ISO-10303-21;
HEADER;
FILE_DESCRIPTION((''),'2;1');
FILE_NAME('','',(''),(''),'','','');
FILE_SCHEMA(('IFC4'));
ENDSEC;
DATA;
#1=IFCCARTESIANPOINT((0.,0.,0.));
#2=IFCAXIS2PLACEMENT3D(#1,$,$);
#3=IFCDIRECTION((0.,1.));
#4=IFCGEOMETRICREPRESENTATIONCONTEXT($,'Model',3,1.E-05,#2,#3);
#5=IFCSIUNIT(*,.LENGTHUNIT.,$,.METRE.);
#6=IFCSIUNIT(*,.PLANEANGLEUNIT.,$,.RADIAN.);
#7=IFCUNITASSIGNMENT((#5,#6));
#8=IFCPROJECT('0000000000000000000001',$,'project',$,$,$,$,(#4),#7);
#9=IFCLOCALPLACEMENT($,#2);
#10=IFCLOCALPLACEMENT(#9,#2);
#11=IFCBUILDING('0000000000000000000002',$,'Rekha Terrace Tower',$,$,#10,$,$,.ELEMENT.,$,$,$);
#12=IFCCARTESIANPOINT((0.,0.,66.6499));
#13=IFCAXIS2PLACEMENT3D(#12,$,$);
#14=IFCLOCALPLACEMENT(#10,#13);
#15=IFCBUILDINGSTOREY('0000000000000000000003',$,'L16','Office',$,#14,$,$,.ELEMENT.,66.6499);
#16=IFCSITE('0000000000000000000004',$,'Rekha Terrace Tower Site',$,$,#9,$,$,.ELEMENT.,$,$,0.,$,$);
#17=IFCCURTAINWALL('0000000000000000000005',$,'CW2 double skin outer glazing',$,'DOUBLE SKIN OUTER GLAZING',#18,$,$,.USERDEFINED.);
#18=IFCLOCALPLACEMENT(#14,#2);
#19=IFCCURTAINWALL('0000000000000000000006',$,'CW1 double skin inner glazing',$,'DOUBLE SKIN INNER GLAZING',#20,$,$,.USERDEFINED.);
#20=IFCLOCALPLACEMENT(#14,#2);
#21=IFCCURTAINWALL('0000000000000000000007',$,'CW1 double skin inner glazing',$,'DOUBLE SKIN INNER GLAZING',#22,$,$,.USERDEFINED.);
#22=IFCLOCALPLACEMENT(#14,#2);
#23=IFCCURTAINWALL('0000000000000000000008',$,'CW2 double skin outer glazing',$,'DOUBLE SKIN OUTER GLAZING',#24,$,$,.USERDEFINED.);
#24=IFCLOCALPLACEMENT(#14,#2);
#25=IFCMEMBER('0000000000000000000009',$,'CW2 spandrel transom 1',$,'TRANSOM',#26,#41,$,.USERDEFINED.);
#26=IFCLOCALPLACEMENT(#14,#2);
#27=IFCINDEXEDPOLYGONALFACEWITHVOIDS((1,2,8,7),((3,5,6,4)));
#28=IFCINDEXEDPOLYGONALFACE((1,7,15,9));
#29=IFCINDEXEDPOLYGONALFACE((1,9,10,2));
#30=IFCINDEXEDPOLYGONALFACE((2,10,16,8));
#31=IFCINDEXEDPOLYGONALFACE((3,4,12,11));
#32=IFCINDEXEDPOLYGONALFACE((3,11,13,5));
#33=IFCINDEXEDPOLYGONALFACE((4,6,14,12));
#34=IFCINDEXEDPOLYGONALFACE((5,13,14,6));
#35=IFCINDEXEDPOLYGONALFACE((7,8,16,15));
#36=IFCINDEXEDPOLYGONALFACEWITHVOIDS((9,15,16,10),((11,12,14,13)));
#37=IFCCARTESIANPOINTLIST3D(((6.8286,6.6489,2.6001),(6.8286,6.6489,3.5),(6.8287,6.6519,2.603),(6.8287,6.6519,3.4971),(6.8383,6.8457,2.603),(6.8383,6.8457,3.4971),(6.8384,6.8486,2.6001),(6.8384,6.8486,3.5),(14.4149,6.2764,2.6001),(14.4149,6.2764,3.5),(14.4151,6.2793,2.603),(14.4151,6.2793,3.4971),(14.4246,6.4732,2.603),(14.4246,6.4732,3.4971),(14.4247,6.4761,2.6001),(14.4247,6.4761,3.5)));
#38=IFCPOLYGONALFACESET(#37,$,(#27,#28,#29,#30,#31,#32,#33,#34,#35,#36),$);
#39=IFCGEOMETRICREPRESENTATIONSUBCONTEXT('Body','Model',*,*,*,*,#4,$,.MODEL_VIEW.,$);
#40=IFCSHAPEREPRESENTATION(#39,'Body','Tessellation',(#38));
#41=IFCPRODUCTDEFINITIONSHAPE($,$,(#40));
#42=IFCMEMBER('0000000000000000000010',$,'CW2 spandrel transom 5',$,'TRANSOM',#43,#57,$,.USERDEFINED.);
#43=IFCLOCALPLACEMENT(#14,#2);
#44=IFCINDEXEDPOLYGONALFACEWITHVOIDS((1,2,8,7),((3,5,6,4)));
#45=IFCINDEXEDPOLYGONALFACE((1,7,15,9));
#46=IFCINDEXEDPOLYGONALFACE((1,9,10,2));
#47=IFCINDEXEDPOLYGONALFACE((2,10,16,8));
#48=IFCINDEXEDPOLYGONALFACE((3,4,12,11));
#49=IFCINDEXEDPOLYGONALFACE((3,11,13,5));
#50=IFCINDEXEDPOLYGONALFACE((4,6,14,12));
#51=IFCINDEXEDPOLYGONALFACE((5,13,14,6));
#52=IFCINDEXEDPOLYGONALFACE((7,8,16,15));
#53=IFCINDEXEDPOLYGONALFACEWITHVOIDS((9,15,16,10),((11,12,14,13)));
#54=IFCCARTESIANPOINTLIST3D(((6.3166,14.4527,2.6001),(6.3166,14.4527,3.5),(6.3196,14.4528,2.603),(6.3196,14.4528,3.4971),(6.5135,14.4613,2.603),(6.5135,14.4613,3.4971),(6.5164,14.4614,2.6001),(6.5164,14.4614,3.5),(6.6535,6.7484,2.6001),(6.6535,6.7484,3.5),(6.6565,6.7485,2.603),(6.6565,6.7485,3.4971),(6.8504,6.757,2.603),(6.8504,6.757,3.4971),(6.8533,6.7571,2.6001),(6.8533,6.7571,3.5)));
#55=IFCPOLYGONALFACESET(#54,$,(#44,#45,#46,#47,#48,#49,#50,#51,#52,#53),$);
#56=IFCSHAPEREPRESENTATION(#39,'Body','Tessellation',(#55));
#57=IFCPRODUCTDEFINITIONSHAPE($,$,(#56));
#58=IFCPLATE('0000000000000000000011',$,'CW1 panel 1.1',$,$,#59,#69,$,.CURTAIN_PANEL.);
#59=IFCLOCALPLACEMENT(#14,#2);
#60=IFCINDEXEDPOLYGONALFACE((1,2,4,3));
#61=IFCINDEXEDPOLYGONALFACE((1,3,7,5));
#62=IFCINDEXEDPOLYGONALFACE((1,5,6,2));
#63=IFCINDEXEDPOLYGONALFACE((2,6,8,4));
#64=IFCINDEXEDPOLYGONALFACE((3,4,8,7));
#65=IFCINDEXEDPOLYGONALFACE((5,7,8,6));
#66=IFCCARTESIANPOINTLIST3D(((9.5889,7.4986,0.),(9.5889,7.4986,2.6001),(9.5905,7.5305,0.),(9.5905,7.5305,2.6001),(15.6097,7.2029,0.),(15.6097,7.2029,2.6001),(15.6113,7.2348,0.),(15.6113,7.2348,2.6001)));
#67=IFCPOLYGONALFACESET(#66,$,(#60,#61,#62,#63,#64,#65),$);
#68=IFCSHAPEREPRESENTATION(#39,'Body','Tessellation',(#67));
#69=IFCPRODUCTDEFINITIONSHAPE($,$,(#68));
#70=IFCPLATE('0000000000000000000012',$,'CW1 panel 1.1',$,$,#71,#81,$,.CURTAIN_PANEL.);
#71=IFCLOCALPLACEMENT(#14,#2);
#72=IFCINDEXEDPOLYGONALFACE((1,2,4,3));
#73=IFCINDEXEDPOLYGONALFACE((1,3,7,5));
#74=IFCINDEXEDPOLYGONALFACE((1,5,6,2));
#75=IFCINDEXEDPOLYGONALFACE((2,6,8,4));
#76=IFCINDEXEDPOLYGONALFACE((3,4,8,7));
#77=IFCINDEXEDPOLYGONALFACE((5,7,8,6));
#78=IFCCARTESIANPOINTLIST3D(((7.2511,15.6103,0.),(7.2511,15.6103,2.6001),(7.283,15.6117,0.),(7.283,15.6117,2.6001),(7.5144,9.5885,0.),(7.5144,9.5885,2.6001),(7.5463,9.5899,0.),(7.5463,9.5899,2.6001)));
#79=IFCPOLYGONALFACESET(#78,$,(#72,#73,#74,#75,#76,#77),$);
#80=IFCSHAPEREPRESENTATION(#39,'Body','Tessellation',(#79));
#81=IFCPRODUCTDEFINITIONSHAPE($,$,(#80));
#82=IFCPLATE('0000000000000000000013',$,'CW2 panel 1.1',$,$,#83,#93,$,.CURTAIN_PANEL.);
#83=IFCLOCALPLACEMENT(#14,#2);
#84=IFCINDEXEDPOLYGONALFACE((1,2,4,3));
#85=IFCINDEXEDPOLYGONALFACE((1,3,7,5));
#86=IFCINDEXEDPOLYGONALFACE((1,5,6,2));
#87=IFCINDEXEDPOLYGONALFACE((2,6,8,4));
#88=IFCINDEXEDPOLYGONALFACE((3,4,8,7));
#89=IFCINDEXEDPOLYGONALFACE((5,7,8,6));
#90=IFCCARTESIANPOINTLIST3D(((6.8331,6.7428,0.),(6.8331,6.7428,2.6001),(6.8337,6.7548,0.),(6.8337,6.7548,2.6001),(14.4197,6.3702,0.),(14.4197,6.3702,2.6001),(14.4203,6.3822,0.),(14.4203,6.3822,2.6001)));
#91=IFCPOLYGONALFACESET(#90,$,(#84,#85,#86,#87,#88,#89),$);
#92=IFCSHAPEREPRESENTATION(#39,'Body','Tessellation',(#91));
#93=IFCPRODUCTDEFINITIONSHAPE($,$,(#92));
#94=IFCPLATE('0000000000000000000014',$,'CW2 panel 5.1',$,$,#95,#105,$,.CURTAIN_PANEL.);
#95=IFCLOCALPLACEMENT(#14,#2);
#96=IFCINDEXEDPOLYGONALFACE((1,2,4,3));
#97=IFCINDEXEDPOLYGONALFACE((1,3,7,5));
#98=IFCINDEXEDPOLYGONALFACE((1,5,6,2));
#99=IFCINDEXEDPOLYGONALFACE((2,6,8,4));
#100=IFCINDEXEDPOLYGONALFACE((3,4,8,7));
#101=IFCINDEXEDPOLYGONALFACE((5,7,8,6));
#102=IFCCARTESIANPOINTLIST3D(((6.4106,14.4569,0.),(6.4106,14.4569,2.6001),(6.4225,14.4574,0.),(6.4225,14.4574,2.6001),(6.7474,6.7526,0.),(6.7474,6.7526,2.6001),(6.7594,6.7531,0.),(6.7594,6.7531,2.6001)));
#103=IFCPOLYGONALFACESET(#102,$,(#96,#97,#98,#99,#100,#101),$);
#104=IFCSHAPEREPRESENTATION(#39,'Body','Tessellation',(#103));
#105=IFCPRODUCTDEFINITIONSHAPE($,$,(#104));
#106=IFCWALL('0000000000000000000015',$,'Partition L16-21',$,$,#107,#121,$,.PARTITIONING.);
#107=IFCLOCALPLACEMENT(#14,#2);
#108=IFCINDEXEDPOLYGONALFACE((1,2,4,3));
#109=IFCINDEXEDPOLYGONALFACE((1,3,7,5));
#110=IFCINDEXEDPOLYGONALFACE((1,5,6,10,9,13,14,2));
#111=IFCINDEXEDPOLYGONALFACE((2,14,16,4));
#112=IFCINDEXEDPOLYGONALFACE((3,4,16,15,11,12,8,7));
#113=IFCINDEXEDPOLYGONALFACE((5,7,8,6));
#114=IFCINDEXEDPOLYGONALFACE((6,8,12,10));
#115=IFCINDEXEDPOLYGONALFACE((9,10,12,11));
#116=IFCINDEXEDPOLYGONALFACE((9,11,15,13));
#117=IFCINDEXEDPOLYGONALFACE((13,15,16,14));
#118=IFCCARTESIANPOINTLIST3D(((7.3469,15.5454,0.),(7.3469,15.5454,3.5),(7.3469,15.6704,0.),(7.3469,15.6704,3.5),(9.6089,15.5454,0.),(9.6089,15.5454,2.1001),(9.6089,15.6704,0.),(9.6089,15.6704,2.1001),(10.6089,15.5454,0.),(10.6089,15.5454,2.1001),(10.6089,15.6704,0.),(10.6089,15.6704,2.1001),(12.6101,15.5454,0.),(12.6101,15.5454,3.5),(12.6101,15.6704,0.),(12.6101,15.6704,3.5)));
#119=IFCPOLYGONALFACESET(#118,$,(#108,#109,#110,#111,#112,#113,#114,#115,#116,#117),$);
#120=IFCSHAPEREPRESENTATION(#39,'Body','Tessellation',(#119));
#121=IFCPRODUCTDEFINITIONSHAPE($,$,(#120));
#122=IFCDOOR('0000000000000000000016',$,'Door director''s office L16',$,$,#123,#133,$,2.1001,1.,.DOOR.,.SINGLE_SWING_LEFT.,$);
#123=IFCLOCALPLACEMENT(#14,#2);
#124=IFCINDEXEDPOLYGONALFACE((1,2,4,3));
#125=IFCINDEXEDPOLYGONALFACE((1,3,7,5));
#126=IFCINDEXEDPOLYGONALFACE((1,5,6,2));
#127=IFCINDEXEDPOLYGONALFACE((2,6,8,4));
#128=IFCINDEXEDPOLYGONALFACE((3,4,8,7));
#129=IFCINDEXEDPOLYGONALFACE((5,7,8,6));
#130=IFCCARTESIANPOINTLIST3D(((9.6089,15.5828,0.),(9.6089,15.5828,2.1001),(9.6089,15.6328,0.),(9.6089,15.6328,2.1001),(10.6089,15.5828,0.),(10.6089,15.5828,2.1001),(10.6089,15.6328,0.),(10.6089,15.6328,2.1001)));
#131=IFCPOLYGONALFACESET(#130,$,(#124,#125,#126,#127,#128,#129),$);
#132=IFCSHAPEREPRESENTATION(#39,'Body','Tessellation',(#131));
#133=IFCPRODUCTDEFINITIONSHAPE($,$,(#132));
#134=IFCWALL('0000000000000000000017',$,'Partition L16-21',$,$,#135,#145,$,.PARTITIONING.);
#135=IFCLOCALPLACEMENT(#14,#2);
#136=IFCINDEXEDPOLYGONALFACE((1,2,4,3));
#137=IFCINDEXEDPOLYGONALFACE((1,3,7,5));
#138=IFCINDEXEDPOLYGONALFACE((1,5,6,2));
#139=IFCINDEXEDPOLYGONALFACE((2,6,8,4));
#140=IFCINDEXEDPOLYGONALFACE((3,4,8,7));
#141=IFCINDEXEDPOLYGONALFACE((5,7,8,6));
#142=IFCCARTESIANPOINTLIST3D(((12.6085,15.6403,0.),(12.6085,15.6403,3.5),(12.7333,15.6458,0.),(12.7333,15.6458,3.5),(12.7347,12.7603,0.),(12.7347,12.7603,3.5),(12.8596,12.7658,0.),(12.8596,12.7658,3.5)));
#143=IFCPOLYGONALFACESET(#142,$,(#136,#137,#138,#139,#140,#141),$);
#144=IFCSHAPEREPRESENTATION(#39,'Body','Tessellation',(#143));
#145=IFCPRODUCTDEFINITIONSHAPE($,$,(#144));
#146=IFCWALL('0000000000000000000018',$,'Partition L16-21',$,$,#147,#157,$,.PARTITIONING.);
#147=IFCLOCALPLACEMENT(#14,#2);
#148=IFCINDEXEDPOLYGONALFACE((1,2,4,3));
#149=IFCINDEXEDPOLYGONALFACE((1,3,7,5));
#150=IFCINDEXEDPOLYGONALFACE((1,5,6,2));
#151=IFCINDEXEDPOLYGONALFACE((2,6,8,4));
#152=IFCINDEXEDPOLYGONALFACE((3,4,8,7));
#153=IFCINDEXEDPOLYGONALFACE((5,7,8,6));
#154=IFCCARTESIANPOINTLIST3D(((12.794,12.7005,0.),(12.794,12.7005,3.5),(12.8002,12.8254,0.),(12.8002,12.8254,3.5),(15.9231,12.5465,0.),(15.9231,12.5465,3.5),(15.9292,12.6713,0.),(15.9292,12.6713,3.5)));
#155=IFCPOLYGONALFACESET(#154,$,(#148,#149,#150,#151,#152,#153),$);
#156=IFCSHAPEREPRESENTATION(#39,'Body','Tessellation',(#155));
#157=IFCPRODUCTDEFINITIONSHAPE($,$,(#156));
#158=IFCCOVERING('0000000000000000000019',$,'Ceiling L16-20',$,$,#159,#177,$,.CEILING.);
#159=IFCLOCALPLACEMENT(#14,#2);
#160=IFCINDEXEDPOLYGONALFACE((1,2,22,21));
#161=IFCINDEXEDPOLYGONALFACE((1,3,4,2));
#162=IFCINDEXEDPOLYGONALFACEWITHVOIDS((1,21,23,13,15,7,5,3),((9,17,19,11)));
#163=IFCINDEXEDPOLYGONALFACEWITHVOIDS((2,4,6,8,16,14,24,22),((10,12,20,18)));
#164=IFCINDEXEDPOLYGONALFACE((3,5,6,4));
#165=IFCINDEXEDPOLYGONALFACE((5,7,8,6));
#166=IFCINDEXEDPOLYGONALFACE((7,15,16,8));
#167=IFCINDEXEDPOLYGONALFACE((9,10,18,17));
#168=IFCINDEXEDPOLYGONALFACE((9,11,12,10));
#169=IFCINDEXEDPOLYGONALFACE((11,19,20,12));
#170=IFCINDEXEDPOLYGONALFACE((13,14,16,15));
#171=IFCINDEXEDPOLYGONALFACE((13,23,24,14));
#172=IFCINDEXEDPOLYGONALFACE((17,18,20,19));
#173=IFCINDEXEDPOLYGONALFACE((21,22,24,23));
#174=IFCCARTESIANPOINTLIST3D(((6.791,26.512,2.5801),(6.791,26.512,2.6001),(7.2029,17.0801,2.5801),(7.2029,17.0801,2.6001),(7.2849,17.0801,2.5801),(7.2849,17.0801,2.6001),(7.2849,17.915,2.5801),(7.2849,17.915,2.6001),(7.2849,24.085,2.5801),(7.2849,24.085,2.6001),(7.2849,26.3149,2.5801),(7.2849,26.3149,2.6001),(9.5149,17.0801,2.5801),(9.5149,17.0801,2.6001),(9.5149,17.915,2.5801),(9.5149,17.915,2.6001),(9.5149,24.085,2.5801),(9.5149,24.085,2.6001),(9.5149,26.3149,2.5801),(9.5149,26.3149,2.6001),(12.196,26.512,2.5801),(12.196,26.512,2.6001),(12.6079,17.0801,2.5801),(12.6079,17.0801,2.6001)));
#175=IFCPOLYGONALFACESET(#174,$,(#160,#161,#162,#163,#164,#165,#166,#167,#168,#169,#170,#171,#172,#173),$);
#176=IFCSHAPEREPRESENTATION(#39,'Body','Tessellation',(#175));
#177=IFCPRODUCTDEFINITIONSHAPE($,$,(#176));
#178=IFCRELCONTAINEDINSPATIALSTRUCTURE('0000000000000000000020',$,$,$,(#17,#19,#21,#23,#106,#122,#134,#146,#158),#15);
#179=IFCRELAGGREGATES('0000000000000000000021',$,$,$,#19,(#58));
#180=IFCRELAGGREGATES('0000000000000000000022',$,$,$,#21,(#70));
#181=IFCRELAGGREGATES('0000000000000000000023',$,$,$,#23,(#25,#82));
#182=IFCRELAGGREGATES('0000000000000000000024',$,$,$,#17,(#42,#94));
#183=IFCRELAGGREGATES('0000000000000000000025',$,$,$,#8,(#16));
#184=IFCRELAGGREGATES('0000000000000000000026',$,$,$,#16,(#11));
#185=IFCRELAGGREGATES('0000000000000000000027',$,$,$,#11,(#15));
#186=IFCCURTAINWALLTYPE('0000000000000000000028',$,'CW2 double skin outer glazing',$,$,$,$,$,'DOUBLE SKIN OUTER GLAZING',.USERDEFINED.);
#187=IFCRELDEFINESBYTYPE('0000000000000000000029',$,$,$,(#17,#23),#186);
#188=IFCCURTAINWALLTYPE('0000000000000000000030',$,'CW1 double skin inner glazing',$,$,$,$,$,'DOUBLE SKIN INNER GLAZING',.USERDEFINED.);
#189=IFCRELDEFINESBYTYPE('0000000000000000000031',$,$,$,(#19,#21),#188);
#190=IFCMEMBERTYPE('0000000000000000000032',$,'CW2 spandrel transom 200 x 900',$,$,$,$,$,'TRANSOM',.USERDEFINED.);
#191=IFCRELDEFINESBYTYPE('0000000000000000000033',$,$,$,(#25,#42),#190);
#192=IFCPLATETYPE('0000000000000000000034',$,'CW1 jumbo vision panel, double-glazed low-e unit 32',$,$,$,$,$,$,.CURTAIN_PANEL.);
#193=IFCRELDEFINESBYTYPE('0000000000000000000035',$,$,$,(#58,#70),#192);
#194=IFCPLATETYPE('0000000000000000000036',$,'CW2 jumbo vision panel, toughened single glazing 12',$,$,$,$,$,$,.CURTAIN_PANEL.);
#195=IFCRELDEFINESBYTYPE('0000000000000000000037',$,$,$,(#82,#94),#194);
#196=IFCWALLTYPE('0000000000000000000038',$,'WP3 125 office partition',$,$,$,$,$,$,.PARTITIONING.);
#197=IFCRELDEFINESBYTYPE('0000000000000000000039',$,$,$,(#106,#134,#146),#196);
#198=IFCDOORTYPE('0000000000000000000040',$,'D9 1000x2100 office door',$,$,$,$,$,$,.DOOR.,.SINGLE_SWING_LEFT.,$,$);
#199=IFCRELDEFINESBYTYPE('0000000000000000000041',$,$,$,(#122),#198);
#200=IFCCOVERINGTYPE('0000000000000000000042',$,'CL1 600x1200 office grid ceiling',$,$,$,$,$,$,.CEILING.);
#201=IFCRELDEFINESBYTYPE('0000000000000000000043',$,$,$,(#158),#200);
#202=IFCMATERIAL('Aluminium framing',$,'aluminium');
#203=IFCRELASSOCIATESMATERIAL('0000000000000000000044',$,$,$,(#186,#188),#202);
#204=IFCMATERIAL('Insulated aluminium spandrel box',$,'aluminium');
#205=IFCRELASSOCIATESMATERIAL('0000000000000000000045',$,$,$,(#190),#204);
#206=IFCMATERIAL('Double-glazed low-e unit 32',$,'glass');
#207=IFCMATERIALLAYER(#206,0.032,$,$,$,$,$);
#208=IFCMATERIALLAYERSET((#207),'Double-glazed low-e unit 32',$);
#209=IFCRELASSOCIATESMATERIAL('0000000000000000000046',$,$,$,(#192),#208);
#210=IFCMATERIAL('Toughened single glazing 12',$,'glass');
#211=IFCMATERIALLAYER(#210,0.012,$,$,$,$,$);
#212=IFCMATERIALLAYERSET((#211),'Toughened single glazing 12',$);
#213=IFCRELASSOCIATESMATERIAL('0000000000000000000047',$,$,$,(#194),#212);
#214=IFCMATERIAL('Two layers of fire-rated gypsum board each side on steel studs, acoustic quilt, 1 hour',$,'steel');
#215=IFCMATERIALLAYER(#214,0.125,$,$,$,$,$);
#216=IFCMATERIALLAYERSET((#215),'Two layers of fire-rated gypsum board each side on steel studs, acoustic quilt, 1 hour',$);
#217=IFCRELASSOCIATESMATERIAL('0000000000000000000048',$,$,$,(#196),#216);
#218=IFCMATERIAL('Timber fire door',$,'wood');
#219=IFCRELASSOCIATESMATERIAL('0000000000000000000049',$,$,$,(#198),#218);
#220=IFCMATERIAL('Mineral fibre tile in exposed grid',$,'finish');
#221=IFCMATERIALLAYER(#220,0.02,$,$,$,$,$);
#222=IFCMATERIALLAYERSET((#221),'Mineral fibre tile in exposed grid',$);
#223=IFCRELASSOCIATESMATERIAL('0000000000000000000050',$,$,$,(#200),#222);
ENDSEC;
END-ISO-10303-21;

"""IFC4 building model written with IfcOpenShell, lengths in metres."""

from ifc_helpers import new_model, si_unit, direction, frame, frame_2d, origin, origin_2d, place, context, subcontext, project, spatial, polyline, rectangle, hollow_rectangle, outline, extrude, material, layer, layer_set, material_profile, profile_set, type_object, element, fill, aggregate, save


model = new_model("IFC4")

# Units and contexts
model_context = context("Model", 3, precision=1e-05, world=origin(), true_north=direction((0.0, 1.0)))
body_context = subcontext(model_context, "Body", "Model", "MODEL_VIEW")
ifc_project = project(units=[si_unit("LENGTHUNIT", "METRE"), si_unit("PLANEANGLEUNIT", "RADIAN")], contexts=[model_context])

# Site, building, storey
site_placement = place(None, origin())
site = spatial("IfcSite", under=ifc_project, at=site_placement, Name="Rekha Terrace Tower Site", CompositionType="ELEMENT", RefElevation=0.0)
building_placement = place(site_placement, origin())
building = spatial("IfcBuilding", under=site, at=building_placement, Name="Rekha Terrace Tower", CompositionType="ELEMENT")
storey_placement = place(building_placement, frame((0.0, 0.0, 66.6499)))
storey = spatial("IfcBuildingStorey", under=building, at=storey_placement, Name="L16", Description="Office", CompositionType="ELEMENT", Elevation=66.6499)

# Curtain walls
ifc_material_1 = material(Name="Aluminium framing", Category="aluminium")
curtain_wall_type_1 = type_object("IfcCurtainWallType", Name="CW2 double skin outer glazing", ElementType="DOUBLE SKIN OUTER GLAZING", PredefinedType="USERDEFINED", material=ifc_material_1)
curtain_wall_1_placement = place(storey_placement, origin())
curtain_wall_1 = element("IfcCurtainWall", 1, at=curtain_wall_1_placement, inside=storey, type_object=curtain_wall_type_1, Name="CW2 double skin outer glazing", ObjectType="DOUBLE SKIN OUTER GLAZING", PredefinedType="USERDEFINED")
curtain_wall_type_2 = type_object("IfcCurtainWallType", Name="CW1 double skin inner glazing", ElementType="DOUBLE SKIN INNER GLAZING", PredefinedType="USERDEFINED", material=ifc_material_1)
curtain_wall_2_placement = place(storey_placement, origin())
curtain_wall_2 = element("IfcCurtainWall", 2, at=curtain_wall_2_placement, inside=storey, type_object=curtain_wall_type_2, Name="CW1 double skin inner glazing", ObjectType="DOUBLE SKIN INNER GLAZING", PredefinedType="USERDEFINED")

# Curtain wall
curtain_wall_3_placement = place(storey_placement, origin())
curtain_wall_3 = element("IfcCurtainWall", 3, at=curtain_wall_3_placement, inside=storey, type_object=curtain_wall_type_2, Name="CW1 double skin inner glazing", ObjectType="DOUBLE SKIN INNER GLAZING", PredefinedType="USERDEFINED")

# Shared definitions
ifc_material_2 = material(Name="Insulated aluminium spandrel box", Category="aluminium")

# Curtain wall
curtain_wall_4_placement = place(storey_placement, origin())
curtain_wall_4 = element("IfcCurtainWall", 4, at=curtain_wall_4_placement, inside=storey, type_object=curtain_wall_type_1, Name="CW2 double skin outer glazing", ObjectType="DOUBLE SKIN OUTER GLAZING", PredefinedType="USERDEFINED")

# Members
ifc_material_profile_1 = material_profile(ifc_material_2, hollow_rectangle(XDim=0.2, YDim=0.8999, WallThickness=0.0029, at=origin_2d()), Name="AL SPANDREL BOX 200x900")
ifc_profile_set_1 = profile_set([ifc_material_profile_1], Name="Insulated aluminium spandrel box")
member_type_1 = type_object("IfcMemberType", Name="CW2 spandrel transom 200 x 900", ElementType="TRANSOM", PredefinedType="USERDEFINED", material=ifc_profile_set_1)
member_1_placement = place(storey_placement, frame((6.8335, 6.7488, 3.05), z_axis=(0.998796, -0.049049, 0.0), x_axis=(0.049049, 0.998796, 0.0)))
member_1 = element("IfcMember", 5, at=member_1_placement, type_object=member_type_1, Name="CW2 spandrel transom 1", ObjectType="TRANSOM", PredefinedType="USERDEFINED", context=body_context, shape_type="SweptSolid", body=[
    extrude(hollow_rectangle(XDim=0.2, YDim=0.8999, WallThickness=0.0029, at=origin_2d()), origin(), (0.0, 0.0, 1.0), 7.5955),
])
member_2_placement = place(storey_placement, frame((6.4165, 14.457, 3.05), z_axis=(0.043689, -0.999045, 0.0), x_axis=(0.999045, 0.043689, 0.0)))
member_2 = element("IfcMember", 6, at=member_2_placement, type_object=member_type_1, Name="CW2 spandrel transom 5", ObjectType="TRANSOM", PredefinedType="USERDEFINED", context=body_context, shape_type="SweptSolid", body=[
    extrude(hollow_rectangle(XDim=0.2, YDim=0.8999, WallThickness=0.0029, at=origin_2d()), origin(), (0.0, 0.0, 1.0), 7.7117),
])

# Plates
ifc_material_3 = material(Name="Double-glazed low-e unit 32", Category="glass")
ifc_layer_1 = layer(ifc_material_3, 0.032)
ifc_layer_set_1 = layer_set([ifc_layer_1], Name="Double-glazed low-e unit 32")
plate_type_1 = type_object("IfcPlateType", Name="CW1 jumbo vision panel, double-glazed low-e unit 32", PredefinedType="CURTAIN_PANEL", material=ifc_layer_set_1)
plate_1_placement = place(storey_placement, frame((12.6001, 7.3667, 0.0), z_axis=(0.0, 0.0, 1.0), x_axis=(0.998796, -0.049052, 0.0)))
plate_1 = element("IfcPlate", 7, at=plate_1_placement, type_object=plate_type_1, Name="CW1 panel 1.1", PredefinedType="CURTAIN_PANEL", context=body_context, shape_type="SweptSolid", body=[
    extrude(rectangle(XDim=6.0281, YDim=0.032, at=origin_2d()), origin(), (0.0, 0.0, 1.0), 2.6001),
])
aggregate(curtain_wall_2, [plate_1])
plate_2_placement = place(storey_placement, frame((7.3987, 12.6001, 0.0), z_axis=(0.0, 0.0, 1.0), x_axis=(0.043683, -0.999045, 0.0)))
plate_2 = element("IfcPlate", 8, at=plate_2_placement, type_object=plate_type_1, Name="CW1 panel 1.1", PredefinedType="CURTAIN_PANEL", context=body_context, shape_type="SweptSolid", body=[
    extrude(rectangle(XDim=6.0276, YDim=0.032, at=origin_2d()), origin(), (0.0, 0.0, 1.0), 2.6001),
])
aggregate(curtain_wall_3, [plate_2])
ifc_material_4 = material(Name="Toughened single glazing 12", Category="glass")
ifc_layer_2 = layer(ifc_material_4, 0.012)
ifc_layer_set_2 = layer_set([ifc_layer_2], Name="Toughened single glazing 12")
plate_type_2 = type_object("IfcPlateType", Name="CW2 jumbo vision panel, toughened single glazing 12", PredefinedType="CURTAIN_PANEL", material=ifc_layer_set_2)
plate_3_placement = place(storey_placement, frame((10.6267, 6.5625, 0.0), z_axis=(0.0, 0.0, 1.0), x_axis=(0.998796, -0.049052, 0.0)))
plate_3 = element("IfcPlate", 9, at=plate_3_placement, type_object=plate_type_2, Name="CW2 panel 1.1", PredefinedType="CURTAIN_PANEL", context=body_context, shape_type="SweptSolid", body=[
    extrude(rectangle(XDim=7.5957, YDim=0.012, at=origin_2d()), origin(), (0.0, 0.0, 1.0), 2.6001),
])
aggregate(curtain_wall_4, [member_1, plate_3])
plate_4_placement = place(storey_placement, frame((6.585, 10.605, 0.0), z_axis=(0.0, 0.0, 1.0), x_axis=(0.043683, -0.999045, 0.0)))
plate_4 = element("IfcPlate", 10, at=plate_4_placement, type_object=plate_type_2, Name="CW2 panel 5.1", PredefinedType="CURTAIN_PANEL", context=body_context, shape_type="SweptSolid", body=[
    extrude(rectangle(XDim=7.7117, YDim=0.012, at=origin_2d()), origin(), (0.0, 0.0, 1.0), 2.6001),
])
aggregate(curtain_wall_1, [member_2, plate_4])

# Wall, opening, door
ifc_material_5 = material(Name="Two layers of fire-rated gypsum board each side on steel studs, acoustic quilt, 1 hour", Category="steel")
ifc_layer_3 = layer(ifc_material_5, 0.125)
ifc_layer_set_3 = layer_set([ifc_layer_3], Name="Two layers of fire-rated gypsum board each side on steel studs, acoustic quilt, 1 hour")
wall_type = type_object("IfcWallType", Name="WP3 125 office partition", PredefinedType="PARTITIONING", material=ifc_layer_set_3)
wall_1_placement = place(storey_placement, frame((7.3469, 15.6079, 0.0), z_axis=(0.0, 0.0, 1.0), x_axis=(1.0, 0.0, 0.0)))
wall_1 = element("IfcWall", 11, at=wall_1_placement, inside=storey, type_object=wall_type, Name="Partition L16-21", PredefinedType="PARTITIONING", context=body_context, shape_type="SweptSolid", body=[
    extrude(rectangle(XDim=5.2632, YDim=0.125, at=frame_2d((2.6316, 0.0))), origin(), (0.0, 0.0, 1.0), 3.5),
])
opening_placement = place(wall_1_placement, frame((2.262, 0.0, 0.0)))
opening = element("IfcOpeningElement", 12, at=opening_placement, cuts=wall_1, PredefinedType="OPENING", context=body_context, shape_type="SweptSolid", body=[
    extrude(rectangle(XDim=1.0, YDim=2.1001, at=frame_2d((0.5, 1.05))), frame((0.0, 0.0725, 0.0), z_axis=(0.0, -1.0, 0.0), x_axis=(1.0, 0.0, 0.0)), (0.0, 0.0, 1.0), 0.145),
])
ifc_material_6 = material(Name="Timber fire door", Category="wood")
door_type = type_object("IfcDoorType", Name="D9 1000x2100 office door", OperationType="SINGLE_SWING_LEFT", PredefinedType="DOOR", material=ifc_material_6)
door_placement = place(opening_placement, origin())
door = element("IfcDoor", 13, at=door_placement, inside=storey, type_object=door_type, Name="Door director's office L16", OperationType="SINGLE_SWING_LEFT", OverallHeight=2.1001, OverallWidth=1.0, PredefinedType="DOOR", context=body_context, shape_type="SweptSolid", body=[
    extrude(rectangle(XDim=1.0, YDim=2.1001, at=frame_2d((0.5, 1.05))), frame((0.0, 0.0249, 0.0), z_axis=(0.0, -1.0, 0.0), x_axis=(1.0, 0.0, 0.0)), (0.0, 0.0, 1.0), 0.05),
])
fill(opening, door)

# Walls
wall_2_placement = place(storey_placement, frame((12.6709, 15.6431, 0.0), z_axis=(0.0, 0.0, 1.0), x_axis=(0.043783, -0.999041, 0.0)))
element("IfcWall", 14, at=wall_2_placement, inside=storey, type_object=wall_type, Name="Partition L16-21", PredefinedType="PARTITIONING", context=body_context, shape_type="SweptSolid", body=[
    extrude(rectangle(XDim=2.8828, YDim=0.125, at=frame_2d((1.4414, 0.0))), origin(), (0.0, 0.0, 1.0), 3.5),
])
wall_3_placement = place(storey_placement, frame((12.7971, 12.7629, 0.0), z_axis=(0.0, 0.0, 1.0), x_axis=(0.99879, -0.049176, 0.0)))
element("IfcWall", 15, at=wall_3_placement, inside=storey, type_object=wall_type, Name="Partition L16-21", PredefinedType="PARTITIONING", context=body_context, shape_type="SweptSolid", body=[
    extrude(rectangle(XDim=3.1328, YDim=0.125, at=frame_2d((1.5664, 0.0))), origin(), (0.0, 0.0, 1.0), 3.5),
])

# Covering
ifc_material_7 = material(Name="Mineral fibre tile in exposed grid", Category="finish")
ifc_layer_4 = layer(ifc_material_7, 0.02)
ifc_layer_set_4 = layer_set([ifc_layer_4], Name="Mineral fibre tile in exposed grid")
covering_type_1 = type_object("IfcCoveringType", Name="CL1 600x1200 office grid ceiling", PredefinedType="CEILING", material=ifc_layer_set_4)
covering_1_placement = place(storey_placement, frame((0.0, 0.0, 2.5801)))
element("IfcCovering", 16, at=covering_1_placement, inside=storey, type_object=covering_type_1, Name="Ceiling L16-20", PredefinedType="CEILING", context=body_context, shape_type="SweptSolid", body=[
    extrude(outline(polyline([(9.5149, 17.0801), (12.6079, 17.0801), (12.196, 26.512), (6.791, 26.512), (7.2029, 17.0801), (7.2849, 17.0801), (7.2849, 17.915), (9.5149, 17.915), (9.5149, 17.0801)]), holes=[polyline([(9.5149, 24.085), (7.2849, 24.085), (7.2849, 26.3149), (9.5149, 26.3149), (9.5149, 24.085)])]), origin(), (0.0, 0.0, 1.0), 0.02),
])

save(model, "model.ifc")
